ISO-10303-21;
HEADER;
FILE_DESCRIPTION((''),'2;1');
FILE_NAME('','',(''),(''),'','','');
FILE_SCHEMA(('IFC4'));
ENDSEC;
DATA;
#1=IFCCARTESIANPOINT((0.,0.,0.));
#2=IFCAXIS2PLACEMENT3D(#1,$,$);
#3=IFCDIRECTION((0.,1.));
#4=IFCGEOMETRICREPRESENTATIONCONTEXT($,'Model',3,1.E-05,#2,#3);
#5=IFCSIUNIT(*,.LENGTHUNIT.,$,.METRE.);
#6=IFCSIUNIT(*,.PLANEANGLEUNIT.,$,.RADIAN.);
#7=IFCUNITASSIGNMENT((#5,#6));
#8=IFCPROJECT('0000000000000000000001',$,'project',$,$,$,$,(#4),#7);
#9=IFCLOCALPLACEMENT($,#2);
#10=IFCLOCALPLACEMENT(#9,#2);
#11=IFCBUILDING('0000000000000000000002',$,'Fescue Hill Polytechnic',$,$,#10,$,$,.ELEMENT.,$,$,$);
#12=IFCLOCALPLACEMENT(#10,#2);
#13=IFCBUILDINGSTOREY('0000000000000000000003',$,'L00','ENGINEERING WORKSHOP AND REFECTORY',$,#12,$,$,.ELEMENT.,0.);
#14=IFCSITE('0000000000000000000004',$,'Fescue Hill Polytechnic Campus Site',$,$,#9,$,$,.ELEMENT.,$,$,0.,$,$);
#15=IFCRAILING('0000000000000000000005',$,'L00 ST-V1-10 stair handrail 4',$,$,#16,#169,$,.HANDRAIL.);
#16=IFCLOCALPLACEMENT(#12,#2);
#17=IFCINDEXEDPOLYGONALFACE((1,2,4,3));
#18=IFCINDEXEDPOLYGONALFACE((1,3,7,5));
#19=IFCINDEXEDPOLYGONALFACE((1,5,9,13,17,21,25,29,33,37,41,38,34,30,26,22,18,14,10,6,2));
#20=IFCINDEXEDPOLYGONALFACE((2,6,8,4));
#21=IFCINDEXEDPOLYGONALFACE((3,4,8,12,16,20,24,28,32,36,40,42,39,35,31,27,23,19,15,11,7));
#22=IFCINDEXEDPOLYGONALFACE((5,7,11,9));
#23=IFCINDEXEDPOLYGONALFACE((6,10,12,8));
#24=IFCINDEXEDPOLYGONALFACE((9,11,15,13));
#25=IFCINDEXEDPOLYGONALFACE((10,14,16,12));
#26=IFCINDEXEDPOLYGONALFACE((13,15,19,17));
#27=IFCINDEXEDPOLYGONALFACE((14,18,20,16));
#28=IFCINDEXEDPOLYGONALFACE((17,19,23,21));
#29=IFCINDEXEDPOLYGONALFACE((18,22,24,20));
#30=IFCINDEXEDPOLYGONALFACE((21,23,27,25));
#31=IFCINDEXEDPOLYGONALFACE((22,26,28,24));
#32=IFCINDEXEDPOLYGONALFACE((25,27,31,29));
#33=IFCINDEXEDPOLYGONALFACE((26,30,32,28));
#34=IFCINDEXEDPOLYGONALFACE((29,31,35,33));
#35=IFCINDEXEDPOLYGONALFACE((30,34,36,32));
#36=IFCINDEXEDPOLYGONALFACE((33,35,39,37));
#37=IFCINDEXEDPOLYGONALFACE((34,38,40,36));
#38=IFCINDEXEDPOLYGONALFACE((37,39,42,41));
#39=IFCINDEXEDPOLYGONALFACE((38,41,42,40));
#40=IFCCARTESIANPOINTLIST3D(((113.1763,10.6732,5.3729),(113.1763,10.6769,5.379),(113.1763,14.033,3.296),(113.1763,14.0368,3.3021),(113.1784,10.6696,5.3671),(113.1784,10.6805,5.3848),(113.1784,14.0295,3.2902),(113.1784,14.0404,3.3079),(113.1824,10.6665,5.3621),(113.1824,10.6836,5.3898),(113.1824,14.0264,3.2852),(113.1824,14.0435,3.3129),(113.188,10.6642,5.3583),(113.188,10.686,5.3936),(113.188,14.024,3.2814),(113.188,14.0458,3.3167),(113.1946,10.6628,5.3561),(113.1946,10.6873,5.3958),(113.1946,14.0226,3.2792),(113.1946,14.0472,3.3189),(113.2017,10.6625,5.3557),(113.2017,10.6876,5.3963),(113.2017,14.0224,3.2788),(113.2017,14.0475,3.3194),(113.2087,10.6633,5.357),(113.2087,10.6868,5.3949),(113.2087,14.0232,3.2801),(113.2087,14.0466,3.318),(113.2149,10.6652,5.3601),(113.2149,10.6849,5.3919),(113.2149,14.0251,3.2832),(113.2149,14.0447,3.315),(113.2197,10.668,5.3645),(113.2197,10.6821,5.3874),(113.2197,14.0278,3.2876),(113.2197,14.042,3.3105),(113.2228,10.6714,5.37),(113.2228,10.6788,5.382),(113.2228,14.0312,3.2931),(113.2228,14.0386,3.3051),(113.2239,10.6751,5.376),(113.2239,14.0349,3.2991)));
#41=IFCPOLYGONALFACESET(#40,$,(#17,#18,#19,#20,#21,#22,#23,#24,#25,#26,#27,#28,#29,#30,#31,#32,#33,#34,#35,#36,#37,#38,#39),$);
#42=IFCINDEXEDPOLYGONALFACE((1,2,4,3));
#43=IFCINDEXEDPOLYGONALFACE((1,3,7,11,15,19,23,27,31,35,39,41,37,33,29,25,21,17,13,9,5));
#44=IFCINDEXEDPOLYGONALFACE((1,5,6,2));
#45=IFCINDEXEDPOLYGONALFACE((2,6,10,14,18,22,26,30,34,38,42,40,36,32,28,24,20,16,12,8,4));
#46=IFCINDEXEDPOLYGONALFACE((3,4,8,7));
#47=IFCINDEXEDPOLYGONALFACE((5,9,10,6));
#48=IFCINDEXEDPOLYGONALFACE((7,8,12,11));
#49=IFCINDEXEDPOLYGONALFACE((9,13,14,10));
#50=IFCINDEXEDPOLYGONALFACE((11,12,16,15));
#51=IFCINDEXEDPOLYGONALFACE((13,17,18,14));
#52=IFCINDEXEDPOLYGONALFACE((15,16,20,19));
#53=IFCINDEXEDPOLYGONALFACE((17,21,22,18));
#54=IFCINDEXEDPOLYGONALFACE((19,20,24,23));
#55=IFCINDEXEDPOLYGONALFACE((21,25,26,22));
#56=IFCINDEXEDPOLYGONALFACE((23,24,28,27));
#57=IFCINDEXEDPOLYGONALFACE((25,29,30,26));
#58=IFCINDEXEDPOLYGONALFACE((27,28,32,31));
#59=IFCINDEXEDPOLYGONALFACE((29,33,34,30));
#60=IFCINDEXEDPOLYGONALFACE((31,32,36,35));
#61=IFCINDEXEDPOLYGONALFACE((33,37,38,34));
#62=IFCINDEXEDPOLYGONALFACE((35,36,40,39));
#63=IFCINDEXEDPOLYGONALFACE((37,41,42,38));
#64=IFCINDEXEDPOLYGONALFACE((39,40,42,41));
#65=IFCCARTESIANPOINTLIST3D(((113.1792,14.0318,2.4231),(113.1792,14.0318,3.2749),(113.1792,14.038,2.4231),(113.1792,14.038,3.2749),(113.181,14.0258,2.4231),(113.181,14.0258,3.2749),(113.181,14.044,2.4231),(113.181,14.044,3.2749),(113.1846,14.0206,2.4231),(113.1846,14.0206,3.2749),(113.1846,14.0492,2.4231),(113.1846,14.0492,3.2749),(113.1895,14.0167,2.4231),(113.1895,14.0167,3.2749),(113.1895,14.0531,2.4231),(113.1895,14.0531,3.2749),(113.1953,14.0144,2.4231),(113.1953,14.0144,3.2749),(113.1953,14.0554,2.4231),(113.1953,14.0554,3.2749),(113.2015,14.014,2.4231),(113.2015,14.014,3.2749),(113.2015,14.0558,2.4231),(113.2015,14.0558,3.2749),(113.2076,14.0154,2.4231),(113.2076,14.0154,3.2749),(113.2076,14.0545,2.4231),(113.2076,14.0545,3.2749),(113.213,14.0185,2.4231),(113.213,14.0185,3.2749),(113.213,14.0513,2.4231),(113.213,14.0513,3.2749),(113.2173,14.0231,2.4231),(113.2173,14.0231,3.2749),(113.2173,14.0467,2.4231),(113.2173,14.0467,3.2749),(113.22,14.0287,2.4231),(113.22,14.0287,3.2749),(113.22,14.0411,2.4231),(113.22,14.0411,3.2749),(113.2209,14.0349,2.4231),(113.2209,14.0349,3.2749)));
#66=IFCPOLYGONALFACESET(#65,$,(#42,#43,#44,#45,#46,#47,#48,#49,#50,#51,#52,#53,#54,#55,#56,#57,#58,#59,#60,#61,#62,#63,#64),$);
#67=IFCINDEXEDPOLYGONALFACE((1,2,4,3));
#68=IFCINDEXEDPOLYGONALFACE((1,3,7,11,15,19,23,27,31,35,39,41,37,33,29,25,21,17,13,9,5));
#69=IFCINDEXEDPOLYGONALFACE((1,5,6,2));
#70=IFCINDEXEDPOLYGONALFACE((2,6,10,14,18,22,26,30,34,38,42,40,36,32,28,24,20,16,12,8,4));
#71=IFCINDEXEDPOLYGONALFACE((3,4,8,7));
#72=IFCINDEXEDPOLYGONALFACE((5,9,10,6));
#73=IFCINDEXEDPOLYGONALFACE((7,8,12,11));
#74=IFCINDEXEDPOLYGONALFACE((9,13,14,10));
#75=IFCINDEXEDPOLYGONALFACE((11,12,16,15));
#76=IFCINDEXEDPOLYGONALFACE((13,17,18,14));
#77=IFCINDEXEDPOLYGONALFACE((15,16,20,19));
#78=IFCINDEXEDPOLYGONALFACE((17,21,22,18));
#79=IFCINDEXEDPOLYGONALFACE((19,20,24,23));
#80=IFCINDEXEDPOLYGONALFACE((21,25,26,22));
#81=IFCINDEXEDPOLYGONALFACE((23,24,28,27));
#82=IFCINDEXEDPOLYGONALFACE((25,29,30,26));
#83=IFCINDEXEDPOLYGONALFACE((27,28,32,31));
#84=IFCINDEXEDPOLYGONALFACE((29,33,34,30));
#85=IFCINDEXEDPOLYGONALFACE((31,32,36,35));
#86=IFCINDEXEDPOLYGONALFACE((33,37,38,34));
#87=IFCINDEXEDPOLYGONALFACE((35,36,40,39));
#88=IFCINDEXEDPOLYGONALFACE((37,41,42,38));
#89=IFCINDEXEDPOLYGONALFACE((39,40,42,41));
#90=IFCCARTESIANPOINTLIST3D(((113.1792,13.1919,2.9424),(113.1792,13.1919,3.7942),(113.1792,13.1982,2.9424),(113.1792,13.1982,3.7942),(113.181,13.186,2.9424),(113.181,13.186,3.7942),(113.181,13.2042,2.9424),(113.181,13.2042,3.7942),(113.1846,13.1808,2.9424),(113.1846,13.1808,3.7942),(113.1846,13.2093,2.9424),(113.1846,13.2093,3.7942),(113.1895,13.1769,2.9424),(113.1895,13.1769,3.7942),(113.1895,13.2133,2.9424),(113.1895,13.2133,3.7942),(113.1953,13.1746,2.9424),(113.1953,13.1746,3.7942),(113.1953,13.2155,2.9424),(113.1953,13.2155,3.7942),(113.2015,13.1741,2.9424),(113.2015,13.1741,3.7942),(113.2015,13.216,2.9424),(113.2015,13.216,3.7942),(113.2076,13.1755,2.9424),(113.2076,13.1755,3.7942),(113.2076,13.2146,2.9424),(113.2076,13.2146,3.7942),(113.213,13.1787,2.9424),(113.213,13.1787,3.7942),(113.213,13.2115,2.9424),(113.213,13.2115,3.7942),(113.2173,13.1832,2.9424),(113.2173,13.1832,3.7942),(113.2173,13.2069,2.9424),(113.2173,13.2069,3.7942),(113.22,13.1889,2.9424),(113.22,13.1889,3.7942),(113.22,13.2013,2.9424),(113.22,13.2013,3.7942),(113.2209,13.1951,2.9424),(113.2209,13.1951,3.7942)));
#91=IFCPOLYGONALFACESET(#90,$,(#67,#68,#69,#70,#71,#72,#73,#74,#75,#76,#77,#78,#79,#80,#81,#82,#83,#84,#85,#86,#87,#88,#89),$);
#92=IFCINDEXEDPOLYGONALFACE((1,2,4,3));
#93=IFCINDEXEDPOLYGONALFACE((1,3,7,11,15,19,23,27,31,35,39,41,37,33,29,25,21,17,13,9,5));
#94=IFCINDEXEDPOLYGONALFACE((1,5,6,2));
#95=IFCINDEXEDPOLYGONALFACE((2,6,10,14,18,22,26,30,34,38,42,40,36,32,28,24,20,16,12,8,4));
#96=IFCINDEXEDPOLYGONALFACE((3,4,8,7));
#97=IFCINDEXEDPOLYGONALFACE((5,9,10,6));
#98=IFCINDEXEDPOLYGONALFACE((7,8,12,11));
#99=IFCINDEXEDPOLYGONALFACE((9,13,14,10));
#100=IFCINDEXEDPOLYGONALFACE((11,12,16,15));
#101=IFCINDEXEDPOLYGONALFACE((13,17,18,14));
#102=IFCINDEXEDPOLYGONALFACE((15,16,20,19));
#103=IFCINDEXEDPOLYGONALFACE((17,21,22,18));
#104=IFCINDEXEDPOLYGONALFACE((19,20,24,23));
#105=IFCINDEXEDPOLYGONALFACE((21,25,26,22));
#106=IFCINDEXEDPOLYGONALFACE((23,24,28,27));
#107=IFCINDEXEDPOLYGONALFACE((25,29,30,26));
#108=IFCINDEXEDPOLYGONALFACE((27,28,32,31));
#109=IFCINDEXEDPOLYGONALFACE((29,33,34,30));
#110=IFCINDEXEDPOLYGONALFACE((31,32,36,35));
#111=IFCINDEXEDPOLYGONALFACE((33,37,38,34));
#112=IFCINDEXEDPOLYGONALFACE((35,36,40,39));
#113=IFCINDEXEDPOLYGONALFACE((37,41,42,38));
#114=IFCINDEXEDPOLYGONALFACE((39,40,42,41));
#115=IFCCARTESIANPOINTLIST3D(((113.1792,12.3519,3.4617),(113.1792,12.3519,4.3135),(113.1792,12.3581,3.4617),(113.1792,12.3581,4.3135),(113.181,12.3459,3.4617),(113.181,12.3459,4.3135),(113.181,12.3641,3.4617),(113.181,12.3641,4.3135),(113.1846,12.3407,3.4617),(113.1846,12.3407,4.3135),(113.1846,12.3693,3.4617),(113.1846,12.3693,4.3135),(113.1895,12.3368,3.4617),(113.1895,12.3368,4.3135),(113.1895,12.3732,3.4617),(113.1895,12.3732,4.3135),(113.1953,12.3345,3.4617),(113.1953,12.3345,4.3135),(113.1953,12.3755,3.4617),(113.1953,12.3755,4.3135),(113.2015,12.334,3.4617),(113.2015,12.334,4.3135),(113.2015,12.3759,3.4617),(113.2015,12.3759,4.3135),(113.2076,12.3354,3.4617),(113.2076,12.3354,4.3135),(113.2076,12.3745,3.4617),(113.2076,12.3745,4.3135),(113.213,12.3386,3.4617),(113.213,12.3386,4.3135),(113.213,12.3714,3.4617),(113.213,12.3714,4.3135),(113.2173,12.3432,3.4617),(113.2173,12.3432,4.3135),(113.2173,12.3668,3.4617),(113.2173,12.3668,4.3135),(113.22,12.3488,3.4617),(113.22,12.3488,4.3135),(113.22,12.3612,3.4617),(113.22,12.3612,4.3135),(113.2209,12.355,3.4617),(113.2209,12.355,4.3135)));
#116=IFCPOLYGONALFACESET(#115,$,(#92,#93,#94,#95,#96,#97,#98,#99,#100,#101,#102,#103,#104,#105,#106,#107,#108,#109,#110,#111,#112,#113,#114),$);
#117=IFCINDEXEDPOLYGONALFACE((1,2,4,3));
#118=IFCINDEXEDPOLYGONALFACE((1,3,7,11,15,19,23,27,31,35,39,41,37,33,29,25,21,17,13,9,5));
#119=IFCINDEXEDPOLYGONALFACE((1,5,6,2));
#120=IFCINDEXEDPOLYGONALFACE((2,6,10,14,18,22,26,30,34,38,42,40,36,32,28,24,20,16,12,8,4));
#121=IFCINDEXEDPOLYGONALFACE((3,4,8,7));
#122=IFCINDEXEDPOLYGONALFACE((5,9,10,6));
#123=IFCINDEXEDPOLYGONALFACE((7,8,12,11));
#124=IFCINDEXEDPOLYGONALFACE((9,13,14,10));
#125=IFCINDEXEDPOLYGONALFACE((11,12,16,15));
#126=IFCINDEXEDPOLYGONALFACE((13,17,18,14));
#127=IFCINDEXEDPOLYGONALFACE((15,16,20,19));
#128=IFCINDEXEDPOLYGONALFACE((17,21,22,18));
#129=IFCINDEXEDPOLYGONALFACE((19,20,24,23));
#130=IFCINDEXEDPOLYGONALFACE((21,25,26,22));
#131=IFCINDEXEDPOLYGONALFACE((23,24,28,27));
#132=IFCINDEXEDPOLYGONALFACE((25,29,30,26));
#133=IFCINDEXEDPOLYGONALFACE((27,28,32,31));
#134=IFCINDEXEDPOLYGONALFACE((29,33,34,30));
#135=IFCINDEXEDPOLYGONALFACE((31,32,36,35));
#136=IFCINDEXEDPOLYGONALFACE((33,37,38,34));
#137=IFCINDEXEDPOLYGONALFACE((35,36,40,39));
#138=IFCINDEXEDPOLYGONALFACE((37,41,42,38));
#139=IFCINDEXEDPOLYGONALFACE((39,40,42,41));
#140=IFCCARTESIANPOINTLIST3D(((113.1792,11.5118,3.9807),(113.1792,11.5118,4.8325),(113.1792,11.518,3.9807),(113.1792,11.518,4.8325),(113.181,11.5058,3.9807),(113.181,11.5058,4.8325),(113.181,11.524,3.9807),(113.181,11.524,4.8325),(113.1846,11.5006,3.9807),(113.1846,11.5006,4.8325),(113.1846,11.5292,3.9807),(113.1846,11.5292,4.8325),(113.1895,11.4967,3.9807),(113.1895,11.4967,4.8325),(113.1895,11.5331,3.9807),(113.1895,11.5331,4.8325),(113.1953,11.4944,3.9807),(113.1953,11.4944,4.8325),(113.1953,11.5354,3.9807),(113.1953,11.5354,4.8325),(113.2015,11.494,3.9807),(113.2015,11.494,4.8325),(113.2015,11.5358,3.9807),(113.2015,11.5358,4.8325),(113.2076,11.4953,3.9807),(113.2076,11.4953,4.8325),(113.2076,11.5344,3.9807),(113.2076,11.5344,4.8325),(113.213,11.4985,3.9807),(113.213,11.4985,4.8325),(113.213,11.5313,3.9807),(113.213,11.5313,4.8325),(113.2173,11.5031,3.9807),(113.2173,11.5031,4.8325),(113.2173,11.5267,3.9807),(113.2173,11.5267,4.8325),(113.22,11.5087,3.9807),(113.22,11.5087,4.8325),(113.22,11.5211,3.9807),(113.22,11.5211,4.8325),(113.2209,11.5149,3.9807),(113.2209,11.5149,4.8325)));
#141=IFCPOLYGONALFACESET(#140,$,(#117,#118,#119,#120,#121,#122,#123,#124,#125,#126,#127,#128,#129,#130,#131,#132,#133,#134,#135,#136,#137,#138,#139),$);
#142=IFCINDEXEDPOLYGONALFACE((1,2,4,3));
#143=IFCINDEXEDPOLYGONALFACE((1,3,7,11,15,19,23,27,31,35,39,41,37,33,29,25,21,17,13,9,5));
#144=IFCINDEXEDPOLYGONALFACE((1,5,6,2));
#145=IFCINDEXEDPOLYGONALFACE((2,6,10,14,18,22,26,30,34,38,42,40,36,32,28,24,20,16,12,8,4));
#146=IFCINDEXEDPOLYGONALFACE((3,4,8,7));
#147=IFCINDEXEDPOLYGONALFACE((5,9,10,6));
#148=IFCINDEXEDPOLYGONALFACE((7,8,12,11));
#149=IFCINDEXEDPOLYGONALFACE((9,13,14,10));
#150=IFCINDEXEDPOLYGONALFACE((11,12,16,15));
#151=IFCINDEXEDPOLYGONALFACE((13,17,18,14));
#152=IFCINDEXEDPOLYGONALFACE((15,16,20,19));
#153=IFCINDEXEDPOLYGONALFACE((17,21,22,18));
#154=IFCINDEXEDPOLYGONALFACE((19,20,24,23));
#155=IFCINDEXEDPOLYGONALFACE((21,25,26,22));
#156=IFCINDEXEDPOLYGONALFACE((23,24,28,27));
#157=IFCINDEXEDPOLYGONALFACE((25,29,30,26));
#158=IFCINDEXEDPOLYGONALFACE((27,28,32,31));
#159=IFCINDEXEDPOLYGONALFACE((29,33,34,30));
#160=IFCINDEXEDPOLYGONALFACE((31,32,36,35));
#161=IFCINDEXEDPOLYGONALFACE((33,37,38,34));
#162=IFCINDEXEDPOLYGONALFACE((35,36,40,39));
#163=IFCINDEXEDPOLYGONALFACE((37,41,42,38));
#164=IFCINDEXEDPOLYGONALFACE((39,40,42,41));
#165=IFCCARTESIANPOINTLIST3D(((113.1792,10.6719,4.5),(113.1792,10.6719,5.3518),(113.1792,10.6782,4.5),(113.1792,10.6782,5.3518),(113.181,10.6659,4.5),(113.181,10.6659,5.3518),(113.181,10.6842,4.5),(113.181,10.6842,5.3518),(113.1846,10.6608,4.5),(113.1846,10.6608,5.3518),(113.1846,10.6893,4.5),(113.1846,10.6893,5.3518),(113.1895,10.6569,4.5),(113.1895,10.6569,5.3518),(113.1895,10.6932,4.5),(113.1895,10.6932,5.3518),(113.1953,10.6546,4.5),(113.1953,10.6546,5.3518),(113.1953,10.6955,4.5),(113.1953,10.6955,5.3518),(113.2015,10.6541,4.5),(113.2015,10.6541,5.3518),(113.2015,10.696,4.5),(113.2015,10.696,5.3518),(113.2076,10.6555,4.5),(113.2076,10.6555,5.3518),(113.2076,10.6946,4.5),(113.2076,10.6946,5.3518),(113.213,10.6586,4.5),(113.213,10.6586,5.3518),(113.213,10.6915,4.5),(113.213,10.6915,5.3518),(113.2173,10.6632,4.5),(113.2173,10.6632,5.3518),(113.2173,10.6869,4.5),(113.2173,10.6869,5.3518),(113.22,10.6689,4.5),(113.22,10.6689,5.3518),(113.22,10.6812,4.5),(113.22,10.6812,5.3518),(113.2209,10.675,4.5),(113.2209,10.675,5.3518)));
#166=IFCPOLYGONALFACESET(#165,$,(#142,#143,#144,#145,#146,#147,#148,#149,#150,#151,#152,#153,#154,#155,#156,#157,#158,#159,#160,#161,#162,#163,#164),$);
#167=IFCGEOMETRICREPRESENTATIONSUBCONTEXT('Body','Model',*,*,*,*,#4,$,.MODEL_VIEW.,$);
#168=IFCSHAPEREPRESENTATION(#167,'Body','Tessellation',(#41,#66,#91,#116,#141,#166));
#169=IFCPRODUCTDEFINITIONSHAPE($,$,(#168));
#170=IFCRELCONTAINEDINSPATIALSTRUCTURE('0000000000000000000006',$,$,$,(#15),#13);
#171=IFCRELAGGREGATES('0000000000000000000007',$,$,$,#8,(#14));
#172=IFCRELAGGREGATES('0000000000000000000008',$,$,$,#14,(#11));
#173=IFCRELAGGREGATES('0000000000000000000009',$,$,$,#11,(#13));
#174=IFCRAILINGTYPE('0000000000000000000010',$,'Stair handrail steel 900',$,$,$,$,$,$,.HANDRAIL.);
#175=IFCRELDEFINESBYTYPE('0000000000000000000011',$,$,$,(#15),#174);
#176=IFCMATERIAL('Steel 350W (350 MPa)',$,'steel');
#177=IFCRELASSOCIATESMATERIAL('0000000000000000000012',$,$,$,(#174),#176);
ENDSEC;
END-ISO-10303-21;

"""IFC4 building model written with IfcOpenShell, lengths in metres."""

from ifc_helpers import new_model, si_unit, direction, frame, origin, origin_2d, place, context, subcontext, project, spatial, circle, extrude, material, type_object, element, save


model = new_model("IFC4")

# Units and contexts
model_context = context("Model", 3, precision=1e-05, world=origin(), true_north=direction((0.0, 1.0)))
body_context = subcontext(model_context, "Body", "Model", "MODEL_VIEW")
ifc_project = project(units=[si_unit("LENGTHUNIT", "METRE"), si_unit("PLANEANGLEUNIT", "RADIAN")], contexts=[model_context])

# Site, building, storey
site_placement = place(None, origin())
site = spatial("IfcSite", under=ifc_project, at=site_placement, Name="Fescue Hill Polytechnic Campus Site", CompositionType="ELEMENT", RefElevation=0.0)
building_placement = place(site_placement, origin())
building = spatial("IfcBuilding", under=site, at=building_placement, Name="Fescue Hill Polytechnic", CompositionType="ELEMENT")
storey_placement = place(building_placement, origin())
storey = spatial("IfcBuildingStorey", under=building, at=storey_placement, Name="L00", Description="ENGINEERING WORKSHOP AND REFECTORY", CompositionType="ELEMENT", Elevation=0.0)

# Railing
ifc_material_1 = material(Name="Steel 350W (350 MPa)", Category="steel")
railing_type_1 = type_object("IfcRailingType", Name="Stair handrail steel 900", PredefinedType="HANDRAIL", material=ifc_material_1)
for number, where, name in (
    (1, (113.2, 14.0349, 2.4231), "L00 ST-V1-10 stair handrail 4"),
):
    element("IfcRailing", number, at=place(storey_placement, frame(where)), inside=storey, type_object=railing_type_1, Name=name, PredefinedType="HANDRAIL", context=body_context, shape_type="SweptSolid", body=[
        extrude(circle(Radius=0.0239, at=origin_2d()), frame((0.0, 0.0, 0.876), z_axis=(0.0, -0.850606, 0.525803), x_axis=(1.0, 0.0, 0.0)), (0.0, 0.0, 1.0), 3.95),
        extrude(circle(Radius=0.021, at=origin_2d()), origin(), (0.0, 0.0, 1.0), 0.8518),
        extrude(circle(Radius=0.021, at=origin_2d()), frame((0.0, -0.8398, 0.5193)), (0.0, 0.0, 1.0), 0.8518),
        extrude(circle(Radius=0.021, at=origin_2d()), frame((0.0, -1.6799, 1.0386)), (0.0, 0.0, 1.0), 0.8518),
        extrude(circle(Radius=0.021, at=origin_2d()), frame((0.0, -2.52, 1.5576)), (0.0, 0.0, 1.0), 0.8518),
        extrude(circle(Radius=0.021, at=origin_2d()), frame((0.0, -3.3599, 2.0769)), (0.0, 0.0, 1.0), 0.8518),
    ])

save(model, "model.ifc")
